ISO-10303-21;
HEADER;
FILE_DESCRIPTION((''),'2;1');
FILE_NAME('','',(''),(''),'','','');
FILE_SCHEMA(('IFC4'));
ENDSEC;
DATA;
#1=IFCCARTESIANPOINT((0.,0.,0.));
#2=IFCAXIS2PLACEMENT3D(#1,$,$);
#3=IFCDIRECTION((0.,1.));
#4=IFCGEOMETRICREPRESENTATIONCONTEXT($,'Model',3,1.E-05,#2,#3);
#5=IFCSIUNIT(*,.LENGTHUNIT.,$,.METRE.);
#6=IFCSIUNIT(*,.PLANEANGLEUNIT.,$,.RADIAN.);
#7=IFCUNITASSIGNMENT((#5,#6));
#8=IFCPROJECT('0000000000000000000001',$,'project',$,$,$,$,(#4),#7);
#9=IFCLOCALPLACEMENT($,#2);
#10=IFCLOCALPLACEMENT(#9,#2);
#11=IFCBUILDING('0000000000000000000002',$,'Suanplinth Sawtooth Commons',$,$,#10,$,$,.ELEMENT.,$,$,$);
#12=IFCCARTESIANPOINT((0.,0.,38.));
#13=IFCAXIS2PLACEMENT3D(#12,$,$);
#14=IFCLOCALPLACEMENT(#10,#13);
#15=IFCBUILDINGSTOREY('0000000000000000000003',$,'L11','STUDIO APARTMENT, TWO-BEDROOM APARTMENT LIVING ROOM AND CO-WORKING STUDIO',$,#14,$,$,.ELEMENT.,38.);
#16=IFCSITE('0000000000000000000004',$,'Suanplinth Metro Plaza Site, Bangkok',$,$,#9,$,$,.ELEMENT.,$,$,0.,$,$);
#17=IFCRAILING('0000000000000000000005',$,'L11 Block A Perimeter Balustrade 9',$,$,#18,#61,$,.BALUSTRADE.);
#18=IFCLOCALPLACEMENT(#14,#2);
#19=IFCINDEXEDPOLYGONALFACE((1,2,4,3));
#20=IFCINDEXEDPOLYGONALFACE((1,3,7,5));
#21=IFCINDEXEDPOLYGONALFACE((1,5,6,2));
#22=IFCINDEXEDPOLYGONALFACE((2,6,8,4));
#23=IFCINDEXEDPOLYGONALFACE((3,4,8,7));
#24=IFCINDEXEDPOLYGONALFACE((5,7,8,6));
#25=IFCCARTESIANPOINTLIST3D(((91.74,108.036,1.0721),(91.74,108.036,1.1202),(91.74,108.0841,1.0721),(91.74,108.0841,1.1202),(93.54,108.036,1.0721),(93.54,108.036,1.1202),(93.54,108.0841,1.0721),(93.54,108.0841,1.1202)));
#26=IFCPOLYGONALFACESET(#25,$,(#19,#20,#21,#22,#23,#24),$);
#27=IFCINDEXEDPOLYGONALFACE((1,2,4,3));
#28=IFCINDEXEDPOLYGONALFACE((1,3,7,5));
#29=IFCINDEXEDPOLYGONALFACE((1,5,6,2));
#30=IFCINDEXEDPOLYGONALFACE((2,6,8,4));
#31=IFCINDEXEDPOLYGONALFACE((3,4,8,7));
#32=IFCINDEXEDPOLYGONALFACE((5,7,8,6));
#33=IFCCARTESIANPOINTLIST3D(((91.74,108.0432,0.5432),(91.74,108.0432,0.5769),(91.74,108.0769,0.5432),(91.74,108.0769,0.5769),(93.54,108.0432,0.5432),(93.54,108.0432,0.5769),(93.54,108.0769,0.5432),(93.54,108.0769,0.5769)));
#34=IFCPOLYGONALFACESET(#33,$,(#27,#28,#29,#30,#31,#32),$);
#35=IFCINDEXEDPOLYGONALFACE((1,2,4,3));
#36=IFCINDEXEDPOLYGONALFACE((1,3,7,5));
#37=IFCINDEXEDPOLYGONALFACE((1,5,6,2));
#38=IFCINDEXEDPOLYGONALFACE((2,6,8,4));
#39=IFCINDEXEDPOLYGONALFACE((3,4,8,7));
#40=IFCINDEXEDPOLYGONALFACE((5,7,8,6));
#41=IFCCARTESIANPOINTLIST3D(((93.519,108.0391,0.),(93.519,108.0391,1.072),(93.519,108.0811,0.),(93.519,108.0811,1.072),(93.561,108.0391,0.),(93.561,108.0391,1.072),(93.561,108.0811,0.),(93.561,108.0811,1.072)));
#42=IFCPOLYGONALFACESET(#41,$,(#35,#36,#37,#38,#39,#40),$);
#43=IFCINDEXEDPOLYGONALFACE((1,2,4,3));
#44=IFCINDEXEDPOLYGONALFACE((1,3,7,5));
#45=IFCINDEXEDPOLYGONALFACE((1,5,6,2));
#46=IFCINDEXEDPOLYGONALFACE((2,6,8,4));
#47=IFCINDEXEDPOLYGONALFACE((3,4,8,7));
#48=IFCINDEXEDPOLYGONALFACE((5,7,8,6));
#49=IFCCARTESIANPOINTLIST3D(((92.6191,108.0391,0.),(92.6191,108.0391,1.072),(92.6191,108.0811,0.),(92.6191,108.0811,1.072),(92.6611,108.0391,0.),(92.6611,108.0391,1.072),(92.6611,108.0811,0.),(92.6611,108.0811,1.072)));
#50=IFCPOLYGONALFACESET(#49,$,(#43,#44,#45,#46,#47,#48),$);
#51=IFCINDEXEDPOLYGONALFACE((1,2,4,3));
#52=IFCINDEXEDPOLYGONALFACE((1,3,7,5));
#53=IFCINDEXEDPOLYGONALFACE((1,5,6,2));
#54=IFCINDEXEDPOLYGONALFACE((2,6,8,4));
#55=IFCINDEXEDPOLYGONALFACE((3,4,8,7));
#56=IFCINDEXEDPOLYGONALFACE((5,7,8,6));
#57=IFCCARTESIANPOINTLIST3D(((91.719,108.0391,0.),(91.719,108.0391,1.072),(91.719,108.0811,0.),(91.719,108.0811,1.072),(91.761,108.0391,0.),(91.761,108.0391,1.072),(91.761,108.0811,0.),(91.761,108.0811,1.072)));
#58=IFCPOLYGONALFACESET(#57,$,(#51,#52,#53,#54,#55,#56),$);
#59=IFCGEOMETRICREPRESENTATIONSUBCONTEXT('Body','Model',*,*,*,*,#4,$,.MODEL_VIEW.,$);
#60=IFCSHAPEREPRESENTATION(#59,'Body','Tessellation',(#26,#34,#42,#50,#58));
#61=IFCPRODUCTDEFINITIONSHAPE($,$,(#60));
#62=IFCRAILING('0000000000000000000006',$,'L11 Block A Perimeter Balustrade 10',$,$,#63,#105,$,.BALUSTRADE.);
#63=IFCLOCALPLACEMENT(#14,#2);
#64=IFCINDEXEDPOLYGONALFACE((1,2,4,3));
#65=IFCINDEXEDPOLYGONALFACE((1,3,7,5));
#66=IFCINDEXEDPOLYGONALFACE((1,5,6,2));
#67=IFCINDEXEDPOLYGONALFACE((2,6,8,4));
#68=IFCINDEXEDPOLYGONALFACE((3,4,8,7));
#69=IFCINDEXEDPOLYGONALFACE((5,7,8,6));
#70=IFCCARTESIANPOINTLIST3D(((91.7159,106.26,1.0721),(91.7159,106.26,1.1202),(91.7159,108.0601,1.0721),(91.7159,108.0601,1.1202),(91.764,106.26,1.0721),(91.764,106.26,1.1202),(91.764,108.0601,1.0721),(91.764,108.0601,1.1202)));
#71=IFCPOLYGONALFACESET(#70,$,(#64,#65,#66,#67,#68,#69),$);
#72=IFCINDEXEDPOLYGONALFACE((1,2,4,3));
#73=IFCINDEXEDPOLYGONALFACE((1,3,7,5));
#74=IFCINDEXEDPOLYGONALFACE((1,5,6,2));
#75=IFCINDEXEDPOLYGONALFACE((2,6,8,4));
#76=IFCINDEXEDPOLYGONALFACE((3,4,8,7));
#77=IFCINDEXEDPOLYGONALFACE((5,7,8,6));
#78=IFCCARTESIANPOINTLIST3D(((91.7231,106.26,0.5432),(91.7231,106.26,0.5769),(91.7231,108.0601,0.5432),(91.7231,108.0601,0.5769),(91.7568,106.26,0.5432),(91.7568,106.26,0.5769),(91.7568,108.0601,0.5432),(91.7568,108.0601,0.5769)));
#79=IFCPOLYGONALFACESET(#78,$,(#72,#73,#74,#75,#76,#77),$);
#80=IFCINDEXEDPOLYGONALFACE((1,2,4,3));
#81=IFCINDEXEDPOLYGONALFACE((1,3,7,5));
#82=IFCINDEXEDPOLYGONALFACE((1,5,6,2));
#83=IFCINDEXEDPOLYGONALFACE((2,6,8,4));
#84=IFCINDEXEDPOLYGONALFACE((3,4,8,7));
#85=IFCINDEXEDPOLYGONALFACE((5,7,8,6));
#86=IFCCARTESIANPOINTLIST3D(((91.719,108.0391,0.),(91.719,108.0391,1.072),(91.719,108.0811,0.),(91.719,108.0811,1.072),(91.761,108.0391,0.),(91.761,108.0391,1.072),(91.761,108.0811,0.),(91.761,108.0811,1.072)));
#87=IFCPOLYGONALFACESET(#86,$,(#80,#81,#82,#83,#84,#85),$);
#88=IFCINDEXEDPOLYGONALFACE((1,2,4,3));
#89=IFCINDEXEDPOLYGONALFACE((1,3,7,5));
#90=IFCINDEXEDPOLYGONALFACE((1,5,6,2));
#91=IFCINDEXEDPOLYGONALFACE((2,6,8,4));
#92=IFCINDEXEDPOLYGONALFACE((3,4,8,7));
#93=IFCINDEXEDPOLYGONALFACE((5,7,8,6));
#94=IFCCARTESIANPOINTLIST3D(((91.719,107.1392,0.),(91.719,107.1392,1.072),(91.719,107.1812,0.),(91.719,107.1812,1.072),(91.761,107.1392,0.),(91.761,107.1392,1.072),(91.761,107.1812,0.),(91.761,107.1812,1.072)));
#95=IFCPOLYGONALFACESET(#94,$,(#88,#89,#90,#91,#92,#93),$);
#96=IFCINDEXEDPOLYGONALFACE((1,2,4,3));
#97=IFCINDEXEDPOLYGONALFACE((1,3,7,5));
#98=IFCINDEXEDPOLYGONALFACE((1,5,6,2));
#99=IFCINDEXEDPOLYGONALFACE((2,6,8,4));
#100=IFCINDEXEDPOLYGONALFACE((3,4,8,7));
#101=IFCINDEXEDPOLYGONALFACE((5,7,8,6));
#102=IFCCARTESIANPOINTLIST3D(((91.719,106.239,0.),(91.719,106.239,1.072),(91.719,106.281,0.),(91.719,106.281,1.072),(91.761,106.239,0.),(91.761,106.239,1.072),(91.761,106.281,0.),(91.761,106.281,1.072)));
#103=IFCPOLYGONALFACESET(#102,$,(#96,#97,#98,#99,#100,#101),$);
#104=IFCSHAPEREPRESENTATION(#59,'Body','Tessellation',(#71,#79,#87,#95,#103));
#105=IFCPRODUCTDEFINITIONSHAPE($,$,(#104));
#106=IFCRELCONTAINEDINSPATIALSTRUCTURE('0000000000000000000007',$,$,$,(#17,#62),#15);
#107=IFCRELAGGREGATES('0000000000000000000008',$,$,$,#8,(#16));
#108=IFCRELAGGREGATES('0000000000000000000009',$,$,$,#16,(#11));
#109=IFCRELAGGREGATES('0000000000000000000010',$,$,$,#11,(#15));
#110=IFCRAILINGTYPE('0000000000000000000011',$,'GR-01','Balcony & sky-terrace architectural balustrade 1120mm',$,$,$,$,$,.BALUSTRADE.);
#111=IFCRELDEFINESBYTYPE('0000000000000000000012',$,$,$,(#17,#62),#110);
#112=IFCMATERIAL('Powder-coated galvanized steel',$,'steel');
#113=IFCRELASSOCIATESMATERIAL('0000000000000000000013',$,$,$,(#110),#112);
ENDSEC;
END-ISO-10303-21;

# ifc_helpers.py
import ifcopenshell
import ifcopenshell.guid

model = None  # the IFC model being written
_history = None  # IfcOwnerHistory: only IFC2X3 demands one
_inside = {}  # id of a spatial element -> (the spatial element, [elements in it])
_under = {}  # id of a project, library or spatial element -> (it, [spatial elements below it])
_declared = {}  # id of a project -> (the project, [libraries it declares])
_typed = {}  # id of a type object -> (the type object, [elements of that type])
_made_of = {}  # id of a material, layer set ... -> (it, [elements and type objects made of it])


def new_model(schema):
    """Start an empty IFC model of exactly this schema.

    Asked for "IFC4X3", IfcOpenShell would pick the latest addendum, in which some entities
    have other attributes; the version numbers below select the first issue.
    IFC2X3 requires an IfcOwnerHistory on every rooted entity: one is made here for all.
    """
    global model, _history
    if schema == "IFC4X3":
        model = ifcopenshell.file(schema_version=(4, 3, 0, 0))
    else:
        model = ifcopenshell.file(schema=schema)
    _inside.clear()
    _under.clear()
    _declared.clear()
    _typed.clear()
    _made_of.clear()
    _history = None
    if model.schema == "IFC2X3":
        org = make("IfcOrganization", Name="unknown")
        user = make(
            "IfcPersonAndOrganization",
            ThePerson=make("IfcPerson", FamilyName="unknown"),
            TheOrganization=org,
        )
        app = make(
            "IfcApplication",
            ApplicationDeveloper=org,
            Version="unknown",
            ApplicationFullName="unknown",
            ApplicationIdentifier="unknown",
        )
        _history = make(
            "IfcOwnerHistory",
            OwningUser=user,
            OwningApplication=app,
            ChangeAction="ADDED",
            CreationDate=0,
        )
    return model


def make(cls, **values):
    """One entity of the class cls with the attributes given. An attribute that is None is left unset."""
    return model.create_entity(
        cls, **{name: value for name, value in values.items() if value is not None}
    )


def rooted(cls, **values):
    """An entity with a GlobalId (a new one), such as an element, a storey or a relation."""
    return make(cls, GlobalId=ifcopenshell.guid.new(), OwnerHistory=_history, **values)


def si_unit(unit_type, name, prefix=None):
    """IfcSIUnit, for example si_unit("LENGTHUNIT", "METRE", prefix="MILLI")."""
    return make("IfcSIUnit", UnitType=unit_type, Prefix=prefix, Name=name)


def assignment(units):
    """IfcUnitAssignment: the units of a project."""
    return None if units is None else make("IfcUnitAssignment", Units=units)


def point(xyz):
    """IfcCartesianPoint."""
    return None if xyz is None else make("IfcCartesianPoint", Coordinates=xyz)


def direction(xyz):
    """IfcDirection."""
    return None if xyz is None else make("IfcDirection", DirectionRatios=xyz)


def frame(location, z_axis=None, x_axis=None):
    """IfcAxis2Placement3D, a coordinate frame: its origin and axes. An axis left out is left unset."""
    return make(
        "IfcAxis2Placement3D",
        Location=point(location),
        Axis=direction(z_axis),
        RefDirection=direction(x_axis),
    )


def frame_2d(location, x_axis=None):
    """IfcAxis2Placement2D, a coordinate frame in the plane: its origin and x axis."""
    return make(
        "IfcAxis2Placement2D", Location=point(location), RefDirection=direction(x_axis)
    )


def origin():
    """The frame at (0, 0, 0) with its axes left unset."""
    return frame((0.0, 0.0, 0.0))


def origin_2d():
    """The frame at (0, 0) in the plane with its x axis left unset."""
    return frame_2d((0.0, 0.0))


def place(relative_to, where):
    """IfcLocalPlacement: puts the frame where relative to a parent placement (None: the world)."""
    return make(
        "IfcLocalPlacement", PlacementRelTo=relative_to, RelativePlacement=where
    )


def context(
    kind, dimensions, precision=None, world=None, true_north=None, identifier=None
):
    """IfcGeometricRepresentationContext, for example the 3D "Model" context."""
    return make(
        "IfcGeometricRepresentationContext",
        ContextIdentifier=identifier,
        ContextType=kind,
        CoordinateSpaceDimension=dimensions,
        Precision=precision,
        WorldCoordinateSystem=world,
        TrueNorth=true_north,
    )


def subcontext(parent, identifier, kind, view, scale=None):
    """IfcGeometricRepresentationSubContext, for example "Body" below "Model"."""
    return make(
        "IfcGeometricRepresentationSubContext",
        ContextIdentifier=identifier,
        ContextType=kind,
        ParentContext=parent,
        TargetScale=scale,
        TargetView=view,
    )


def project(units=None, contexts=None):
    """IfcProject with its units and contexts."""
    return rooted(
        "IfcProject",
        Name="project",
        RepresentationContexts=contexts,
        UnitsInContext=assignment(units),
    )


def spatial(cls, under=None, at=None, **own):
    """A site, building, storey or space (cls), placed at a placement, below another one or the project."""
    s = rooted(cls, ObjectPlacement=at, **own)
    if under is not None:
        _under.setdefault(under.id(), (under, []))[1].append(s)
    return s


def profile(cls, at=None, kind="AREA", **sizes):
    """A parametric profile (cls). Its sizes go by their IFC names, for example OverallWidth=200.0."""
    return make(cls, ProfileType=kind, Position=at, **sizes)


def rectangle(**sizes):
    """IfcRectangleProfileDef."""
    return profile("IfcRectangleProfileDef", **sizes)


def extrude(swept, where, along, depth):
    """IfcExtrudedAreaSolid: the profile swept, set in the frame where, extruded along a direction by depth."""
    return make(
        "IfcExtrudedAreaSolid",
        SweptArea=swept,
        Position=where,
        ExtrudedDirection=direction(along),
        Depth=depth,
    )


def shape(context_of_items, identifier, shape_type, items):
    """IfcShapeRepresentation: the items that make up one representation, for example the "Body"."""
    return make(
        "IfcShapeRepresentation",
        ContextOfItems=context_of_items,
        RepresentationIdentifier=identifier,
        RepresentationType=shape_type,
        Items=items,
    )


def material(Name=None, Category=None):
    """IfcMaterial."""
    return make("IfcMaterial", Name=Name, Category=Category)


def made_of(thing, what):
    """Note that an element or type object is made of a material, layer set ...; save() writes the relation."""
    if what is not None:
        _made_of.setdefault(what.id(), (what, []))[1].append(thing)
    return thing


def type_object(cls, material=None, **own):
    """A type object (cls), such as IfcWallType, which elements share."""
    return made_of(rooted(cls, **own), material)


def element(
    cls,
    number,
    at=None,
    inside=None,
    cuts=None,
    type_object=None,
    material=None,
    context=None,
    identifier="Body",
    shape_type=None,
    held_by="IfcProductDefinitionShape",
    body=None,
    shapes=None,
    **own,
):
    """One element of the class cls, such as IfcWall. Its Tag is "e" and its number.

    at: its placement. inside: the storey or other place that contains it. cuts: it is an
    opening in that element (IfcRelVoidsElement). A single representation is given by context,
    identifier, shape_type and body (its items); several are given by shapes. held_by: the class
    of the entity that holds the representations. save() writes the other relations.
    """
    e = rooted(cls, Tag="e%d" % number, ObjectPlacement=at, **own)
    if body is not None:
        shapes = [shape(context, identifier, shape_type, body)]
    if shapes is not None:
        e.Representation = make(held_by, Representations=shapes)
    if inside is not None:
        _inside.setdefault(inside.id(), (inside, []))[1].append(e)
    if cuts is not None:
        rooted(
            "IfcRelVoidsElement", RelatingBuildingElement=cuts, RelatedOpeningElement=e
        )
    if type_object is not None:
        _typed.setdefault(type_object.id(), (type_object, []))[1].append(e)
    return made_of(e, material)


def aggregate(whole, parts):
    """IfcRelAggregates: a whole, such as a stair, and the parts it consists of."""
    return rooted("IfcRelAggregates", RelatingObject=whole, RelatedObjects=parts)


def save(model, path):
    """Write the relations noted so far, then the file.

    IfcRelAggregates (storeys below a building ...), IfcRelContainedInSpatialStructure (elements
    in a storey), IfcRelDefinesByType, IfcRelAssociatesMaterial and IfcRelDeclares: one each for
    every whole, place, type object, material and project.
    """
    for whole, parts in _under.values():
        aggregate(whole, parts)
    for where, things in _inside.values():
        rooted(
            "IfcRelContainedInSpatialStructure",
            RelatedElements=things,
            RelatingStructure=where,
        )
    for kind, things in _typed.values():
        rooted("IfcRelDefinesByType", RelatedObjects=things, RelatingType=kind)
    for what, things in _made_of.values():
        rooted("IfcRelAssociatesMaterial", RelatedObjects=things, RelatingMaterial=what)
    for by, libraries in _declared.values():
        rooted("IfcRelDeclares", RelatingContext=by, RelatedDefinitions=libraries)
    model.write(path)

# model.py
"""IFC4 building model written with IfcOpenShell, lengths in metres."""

from ifc_helpers import new_model, si_unit, direction, frame, origin, origin_2d, place, context, subcontext, project, spatial, rectangle, extrude, material, type_object, element, save


model = new_model("IFC4")

# Units and contexts
model_context = context("Model", 3, precision=1e-05, world=origin(), true_north=direction((0.0, 1.0)))
body_context = subcontext(model_context, "Body", "Model", "MODEL_VIEW")
ifc_project = project(units=[si_unit("LENGTHUNIT", "METRE"), si_unit("PLANEANGLEUNIT", "RADIAN")], contexts=[model_context])

# Site, building, storey
site_placement = place(None, origin())
site = spatial("IfcSite", under=ifc_project, at=site_placement, Name="Suanplinth Metro Plaza Site, Bangkok", CompositionType="ELEMENT", RefElevation=0.0)
building_placement = place(site_placement, origin())
building = spatial("IfcBuilding", under=site, at=building_placement, Name="Suanplinth Sawtooth Commons", CompositionType="ELEMENT")
storey_placement = place(building_placement, frame((0.0, 0.0, 38.0)))
storey = spatial("IfcBuildingStorey", under=building, at=storey_placement, Name="L11", Description="STUDIO APARTMENT, TWO-BEDROOM APARTMENT LIVING ROOM AND CO-WORKING STUDIO", CompositionType="ELEMENT", Elevation=38.0)

# Railings
ifc_material_1 = material(Name="Powder-coated galvanized steel", Category="steel")
railing_type = type_object("IfcRailingType", Name="GR-01", Description="Balcony & sky-terrace architectural balustrade 1120mm", PredefinedType="BALUSTRADE", material=ifc_material_1)
railing_1_placement = place(storey_placement, frame((93.54, 108.0601, 0.0)))
element("IfcRailing", 1, at=railing_1_placement, inside=storey, type_object=railing_type, Name="L11 Block A Perimeter Balustrade 9", PredefinedType="BALUSTRADE", context=body_context, shape_type="SweptSolid", body=[
    extrude(rectangle(XDim=0.0481, YDim=0.0481, at=origin_2d()), frame((0.0, 0.0, 1.0962), z_axis=(-1.0, 0.0, 0.0), x_axis=(0.0, -1.0, 0.0)), (0.0, 0.0, 1.0), 1.8),
    extrude(rectangle(XDim=0.0337, YDim=0.0337, at=origin_2d()), frame((0.0, 0.0, 0.5601), z_axis=(-1.0, 0.0, 0.0), x_axis=(0.0, -1.0, 0.0)), (0.0, 0.0, 1.0), 1.8),
    extrude(rectangle(XDim=0.042, YDim=0.042, at=origin_2d()), origin(), (0.0, 0.0, 1.0), 1.072),
    extrude(rectangle(XDim=0.042, YDim=0.042, at=origin_2d()), frame((-0.8999, 0.0, 0.0)), (0.0, 0.0, 1.0), 1.072),
    extrude(rectangle(XDim=0.042, YDim=0.042, at=origin_2d()), frame((-1.8, 0.0, 0.0)), (0.0, 0.0, 1.0), 1.072),
])
railing_2_placement = place(storey_placement, frame((91.74, 108.0601, 0.0)))
element("IfcRailing", 2, at=railing_2_placement, inside=storey, type_object=railing_type, Name="L11 Block A Perimeter Balustrade 10", PredefinedType="BALUSTRADE", context=body_context, shape_type="SweptSolid", body=[
    extrude(rectangle(XDim=0.0481, YDim=0.0481, at=origin_2d()), frame((0.0, 0.0, 1.0962), z_axis=(0.0, -1.0, 0.0), x_axis=(1.0, 0.0, 0.0)), (0.0, 0.0, 1.0), 1.8),
    extrude(rectangle(XDim=0.0337, YDim=0.0337, at=origin_2d()), frame((0.0, 0.0, 0.5601), z_axis=(0.0, -1.0, 0.0), x_axis=(1.0, 0.0, 0.0)), (0.0, 0.0, 1.0), 1.8),
    extrude(rectangle(XDim=0.042, YDim=0.042, at=origin_2d()), origin(), (0.0, 0.0, 1.0), 1.072),
    extrude(rectangle(XDim=0.042, YDim=0.042, at=origin_2d()), frame((0.0, -0.8999, 0.0)), (0.0, 0.0, 1.0), 1.072),
    extrude(rectangle(XDim=0.042, YDim=0.042, at=origin_2d()), frame((0.0, -1.8, 0.0)), (0.0, 0.0, 1.0), 1.072),
])

save(model, "model.ifc")
